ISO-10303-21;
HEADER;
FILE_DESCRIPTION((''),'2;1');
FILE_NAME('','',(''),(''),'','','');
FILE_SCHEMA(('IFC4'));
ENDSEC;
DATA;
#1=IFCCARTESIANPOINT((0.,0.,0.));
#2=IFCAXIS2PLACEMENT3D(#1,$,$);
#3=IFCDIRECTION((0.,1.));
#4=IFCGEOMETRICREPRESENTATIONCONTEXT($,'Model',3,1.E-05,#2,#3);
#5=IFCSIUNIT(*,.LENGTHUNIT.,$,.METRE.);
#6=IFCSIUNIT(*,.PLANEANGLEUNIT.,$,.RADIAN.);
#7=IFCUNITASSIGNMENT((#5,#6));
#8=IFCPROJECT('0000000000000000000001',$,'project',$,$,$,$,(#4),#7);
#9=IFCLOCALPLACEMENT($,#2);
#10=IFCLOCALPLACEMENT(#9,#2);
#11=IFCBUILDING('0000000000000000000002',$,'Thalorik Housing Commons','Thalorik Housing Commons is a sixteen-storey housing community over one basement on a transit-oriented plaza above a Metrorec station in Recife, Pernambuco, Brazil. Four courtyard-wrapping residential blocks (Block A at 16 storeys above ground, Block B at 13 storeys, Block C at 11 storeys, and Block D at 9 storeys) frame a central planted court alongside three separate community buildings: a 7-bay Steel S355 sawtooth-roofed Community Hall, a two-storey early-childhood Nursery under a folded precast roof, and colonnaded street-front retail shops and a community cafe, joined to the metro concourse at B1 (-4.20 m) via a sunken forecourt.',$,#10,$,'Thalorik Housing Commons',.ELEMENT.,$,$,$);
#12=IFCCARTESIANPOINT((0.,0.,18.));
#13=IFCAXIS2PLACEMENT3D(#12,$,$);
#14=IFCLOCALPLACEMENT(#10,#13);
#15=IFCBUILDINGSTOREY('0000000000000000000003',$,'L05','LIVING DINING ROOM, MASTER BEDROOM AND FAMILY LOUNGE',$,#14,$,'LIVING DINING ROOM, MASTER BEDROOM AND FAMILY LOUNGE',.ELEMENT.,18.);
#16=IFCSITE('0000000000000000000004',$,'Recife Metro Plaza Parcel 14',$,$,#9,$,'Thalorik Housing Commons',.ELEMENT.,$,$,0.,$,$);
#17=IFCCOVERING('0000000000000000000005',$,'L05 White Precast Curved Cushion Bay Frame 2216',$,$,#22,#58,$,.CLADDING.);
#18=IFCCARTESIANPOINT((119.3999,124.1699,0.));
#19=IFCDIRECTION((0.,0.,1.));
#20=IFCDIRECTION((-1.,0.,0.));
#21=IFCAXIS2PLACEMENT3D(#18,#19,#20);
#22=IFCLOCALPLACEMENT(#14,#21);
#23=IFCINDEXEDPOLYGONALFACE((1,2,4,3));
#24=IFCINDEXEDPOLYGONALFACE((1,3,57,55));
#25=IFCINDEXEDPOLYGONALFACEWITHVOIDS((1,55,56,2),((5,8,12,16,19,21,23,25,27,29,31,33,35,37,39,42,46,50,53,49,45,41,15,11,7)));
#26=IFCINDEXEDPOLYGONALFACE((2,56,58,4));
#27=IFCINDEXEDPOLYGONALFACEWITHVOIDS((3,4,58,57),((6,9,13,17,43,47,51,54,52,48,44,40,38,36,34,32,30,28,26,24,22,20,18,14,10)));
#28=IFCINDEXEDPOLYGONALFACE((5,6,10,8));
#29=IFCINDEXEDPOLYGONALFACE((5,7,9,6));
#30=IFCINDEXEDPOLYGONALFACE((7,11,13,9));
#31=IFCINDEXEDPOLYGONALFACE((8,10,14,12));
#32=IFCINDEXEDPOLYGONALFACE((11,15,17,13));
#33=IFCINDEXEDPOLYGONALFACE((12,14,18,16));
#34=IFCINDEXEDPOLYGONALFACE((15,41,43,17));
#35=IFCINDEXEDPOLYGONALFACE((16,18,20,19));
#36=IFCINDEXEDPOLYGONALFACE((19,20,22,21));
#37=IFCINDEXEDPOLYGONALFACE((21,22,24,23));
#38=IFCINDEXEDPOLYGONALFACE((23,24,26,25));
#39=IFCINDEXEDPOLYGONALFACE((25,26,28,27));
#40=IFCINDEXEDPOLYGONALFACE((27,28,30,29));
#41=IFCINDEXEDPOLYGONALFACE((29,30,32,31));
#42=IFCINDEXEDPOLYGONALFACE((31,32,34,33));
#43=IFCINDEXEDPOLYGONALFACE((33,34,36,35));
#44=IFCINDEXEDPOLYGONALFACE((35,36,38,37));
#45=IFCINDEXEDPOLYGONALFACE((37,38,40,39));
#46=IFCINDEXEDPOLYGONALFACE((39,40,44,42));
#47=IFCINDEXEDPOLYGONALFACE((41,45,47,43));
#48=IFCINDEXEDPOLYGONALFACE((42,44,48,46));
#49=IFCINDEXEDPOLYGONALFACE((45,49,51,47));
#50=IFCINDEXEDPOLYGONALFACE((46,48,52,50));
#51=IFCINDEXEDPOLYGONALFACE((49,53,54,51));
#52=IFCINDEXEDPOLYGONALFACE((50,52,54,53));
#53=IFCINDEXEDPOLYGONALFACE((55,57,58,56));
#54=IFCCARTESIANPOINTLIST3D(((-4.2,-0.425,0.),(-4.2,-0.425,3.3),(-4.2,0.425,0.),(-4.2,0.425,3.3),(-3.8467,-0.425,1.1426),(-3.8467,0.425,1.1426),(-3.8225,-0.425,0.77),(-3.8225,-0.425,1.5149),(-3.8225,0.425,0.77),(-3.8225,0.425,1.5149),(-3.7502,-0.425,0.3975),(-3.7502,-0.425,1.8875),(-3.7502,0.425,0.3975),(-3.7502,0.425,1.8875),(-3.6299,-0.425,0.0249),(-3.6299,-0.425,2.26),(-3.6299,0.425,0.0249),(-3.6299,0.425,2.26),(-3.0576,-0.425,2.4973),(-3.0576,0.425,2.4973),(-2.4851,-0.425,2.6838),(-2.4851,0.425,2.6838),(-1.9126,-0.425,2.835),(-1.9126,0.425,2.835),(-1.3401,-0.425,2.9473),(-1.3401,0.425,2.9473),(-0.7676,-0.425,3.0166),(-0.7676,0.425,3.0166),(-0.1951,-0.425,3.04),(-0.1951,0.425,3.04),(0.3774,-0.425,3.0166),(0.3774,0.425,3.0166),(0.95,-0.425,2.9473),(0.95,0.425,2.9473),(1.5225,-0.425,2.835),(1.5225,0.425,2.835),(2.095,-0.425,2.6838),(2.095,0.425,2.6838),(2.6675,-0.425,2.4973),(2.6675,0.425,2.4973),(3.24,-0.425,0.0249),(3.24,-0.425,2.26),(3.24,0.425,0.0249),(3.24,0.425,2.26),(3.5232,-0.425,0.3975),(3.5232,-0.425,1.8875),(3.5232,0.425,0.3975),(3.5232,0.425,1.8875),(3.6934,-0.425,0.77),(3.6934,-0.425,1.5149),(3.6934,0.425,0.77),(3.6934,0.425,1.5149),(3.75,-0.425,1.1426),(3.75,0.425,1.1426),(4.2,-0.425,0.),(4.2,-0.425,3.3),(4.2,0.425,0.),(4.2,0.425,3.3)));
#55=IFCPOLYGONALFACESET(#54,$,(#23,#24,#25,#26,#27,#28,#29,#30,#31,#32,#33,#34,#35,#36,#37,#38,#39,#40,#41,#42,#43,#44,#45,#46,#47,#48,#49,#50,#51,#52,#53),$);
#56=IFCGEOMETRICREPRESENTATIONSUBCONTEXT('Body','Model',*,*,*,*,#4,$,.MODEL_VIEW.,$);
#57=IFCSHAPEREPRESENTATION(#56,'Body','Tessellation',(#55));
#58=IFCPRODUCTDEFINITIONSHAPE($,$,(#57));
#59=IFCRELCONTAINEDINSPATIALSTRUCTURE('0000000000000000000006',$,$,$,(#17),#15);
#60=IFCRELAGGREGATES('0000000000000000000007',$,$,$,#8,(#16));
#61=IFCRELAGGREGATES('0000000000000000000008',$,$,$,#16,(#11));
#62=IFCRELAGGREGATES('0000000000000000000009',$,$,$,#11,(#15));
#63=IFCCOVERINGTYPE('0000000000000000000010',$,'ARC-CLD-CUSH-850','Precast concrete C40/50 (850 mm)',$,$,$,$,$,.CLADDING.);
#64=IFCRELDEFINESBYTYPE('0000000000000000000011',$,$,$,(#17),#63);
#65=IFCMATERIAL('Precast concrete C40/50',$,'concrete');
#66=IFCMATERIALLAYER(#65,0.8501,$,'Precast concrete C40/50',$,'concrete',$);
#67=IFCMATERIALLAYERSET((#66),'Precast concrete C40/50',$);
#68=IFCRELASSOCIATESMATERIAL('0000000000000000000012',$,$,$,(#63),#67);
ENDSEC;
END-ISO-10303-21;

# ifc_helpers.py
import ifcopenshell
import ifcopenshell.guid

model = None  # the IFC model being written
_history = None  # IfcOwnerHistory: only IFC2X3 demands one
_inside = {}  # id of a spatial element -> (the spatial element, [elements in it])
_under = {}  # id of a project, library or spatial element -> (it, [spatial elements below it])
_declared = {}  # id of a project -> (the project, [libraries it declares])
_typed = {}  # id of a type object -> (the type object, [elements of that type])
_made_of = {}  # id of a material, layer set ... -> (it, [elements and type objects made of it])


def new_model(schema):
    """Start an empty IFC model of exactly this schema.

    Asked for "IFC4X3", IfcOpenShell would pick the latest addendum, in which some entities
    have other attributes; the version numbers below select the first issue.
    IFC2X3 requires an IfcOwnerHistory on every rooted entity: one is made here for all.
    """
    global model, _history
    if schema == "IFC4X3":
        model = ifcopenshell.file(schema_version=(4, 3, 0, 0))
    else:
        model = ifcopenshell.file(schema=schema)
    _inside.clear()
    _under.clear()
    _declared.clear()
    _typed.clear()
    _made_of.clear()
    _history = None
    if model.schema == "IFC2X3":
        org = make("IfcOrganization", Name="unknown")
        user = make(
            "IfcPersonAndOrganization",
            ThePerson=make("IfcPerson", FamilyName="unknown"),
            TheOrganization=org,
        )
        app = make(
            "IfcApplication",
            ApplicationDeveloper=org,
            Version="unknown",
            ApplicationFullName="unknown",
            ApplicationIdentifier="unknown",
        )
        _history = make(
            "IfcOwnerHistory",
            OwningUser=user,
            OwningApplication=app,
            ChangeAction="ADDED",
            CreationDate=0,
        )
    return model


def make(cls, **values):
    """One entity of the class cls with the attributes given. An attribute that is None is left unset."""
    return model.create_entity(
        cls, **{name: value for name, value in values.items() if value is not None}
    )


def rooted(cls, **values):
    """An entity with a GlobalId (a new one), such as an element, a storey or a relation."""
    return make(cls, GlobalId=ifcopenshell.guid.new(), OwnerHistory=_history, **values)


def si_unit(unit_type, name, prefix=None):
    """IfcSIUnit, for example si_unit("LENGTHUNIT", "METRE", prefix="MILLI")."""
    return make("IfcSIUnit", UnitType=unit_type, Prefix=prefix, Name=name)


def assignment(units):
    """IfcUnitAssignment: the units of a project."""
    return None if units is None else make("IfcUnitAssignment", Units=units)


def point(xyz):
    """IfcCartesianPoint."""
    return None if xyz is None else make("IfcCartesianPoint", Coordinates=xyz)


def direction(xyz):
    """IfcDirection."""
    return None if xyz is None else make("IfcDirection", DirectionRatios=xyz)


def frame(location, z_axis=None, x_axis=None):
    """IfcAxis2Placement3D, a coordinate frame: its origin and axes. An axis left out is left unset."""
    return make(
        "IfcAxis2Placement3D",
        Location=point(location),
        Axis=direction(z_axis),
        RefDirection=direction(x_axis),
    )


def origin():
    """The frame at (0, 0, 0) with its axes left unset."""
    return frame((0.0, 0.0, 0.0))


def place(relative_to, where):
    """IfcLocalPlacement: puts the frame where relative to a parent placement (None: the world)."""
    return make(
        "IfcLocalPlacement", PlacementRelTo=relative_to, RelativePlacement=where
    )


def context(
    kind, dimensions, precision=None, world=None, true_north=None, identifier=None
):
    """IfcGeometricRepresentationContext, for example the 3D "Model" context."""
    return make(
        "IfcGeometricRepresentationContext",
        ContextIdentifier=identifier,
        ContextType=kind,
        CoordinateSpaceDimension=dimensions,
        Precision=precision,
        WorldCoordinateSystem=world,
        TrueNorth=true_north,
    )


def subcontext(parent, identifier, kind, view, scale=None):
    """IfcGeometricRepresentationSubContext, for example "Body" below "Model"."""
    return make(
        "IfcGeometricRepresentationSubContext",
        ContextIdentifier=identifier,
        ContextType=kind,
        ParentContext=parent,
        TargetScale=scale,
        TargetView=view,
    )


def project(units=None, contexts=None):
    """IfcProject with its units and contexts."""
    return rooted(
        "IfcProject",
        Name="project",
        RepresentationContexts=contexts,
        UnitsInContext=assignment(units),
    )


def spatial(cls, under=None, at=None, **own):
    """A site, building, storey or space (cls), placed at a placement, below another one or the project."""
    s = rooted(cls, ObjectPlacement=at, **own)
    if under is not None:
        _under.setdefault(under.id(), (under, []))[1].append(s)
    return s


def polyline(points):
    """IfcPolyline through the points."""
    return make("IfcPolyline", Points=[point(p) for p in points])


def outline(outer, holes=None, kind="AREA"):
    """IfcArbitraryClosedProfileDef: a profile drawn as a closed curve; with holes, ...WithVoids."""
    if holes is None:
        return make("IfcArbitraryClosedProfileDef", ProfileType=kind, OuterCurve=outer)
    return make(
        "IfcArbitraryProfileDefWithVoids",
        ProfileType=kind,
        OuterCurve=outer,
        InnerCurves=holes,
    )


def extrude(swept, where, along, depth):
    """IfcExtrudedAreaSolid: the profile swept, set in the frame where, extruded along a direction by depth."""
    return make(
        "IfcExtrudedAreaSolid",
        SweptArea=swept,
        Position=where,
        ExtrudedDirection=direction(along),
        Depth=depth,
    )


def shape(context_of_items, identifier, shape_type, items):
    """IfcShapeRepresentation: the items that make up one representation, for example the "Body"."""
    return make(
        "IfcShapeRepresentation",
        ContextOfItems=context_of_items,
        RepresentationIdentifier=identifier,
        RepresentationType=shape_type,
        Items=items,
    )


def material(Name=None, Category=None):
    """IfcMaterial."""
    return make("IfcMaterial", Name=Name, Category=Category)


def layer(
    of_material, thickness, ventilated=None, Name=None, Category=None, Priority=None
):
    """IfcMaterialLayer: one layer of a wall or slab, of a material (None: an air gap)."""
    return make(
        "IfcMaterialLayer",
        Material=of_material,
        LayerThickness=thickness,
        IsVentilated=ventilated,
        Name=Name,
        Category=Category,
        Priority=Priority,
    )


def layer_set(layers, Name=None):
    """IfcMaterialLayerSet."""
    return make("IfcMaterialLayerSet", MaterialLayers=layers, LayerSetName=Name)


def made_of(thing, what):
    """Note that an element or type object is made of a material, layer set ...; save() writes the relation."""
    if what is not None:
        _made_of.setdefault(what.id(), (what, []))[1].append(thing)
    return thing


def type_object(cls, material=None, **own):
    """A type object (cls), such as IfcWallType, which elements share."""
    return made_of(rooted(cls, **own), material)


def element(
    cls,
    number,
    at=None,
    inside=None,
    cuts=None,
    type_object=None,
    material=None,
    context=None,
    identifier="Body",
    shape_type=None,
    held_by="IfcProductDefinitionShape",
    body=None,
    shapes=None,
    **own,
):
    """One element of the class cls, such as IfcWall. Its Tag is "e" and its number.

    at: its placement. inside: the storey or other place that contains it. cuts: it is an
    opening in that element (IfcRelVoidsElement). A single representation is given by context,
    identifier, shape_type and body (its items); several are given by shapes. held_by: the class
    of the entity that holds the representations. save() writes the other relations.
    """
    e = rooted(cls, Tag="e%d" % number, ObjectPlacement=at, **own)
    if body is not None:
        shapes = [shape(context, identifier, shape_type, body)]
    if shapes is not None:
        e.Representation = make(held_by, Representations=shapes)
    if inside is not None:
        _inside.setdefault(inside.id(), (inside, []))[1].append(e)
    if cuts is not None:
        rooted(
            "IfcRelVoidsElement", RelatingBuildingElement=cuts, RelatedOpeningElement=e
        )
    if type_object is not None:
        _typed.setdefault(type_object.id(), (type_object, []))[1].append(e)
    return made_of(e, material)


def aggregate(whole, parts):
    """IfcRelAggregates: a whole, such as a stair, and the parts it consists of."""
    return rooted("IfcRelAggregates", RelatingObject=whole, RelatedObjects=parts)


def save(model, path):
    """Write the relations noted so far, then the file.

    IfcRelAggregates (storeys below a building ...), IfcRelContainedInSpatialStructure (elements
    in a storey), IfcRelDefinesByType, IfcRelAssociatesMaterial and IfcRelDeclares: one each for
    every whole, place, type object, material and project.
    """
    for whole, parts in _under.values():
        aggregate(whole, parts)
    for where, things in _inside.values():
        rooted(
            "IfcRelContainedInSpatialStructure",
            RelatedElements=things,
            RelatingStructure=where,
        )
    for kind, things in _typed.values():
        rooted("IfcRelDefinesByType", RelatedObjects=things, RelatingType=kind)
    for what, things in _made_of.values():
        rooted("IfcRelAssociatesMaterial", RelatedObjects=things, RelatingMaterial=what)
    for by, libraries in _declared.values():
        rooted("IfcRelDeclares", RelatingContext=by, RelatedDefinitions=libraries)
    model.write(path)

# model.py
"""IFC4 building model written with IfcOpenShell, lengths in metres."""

from ifc_helpers import new_model, si_unit, direction, frame, origin, place, context, subcontext, project, spatial, polyline, outline, extrude, material, layer, layer_set, type_object, element, save


model = new_model("IFC4")

# Units and contexts
model_context = context("Model", 3, precision=1e-05, world=origin(), true_north=direction((0.0, 1.0)))
body_context = subcontext(model_context, "Body", "Model", "MODEL_VIEW")
ifc_project = project(units=[si_unit("LENGTHUNIT", "METRE"), si_unit("PLANEANGLEUNIT", "RADIAN")], contexts=[model_context])

# Site, building, storey
site_placement = place(None, origin())
site = spatial("IfcSite", under=ifc_project, at=site_placement, Name="Recife Metro Plaza Parcel 14", LongName="Thalorik Housing Commons", CompositionType="ELEMENT", RefElevation=0.0)
building_placement = place(site_placement, origin())
building = spatial("IfcBuilding", under=site, at=building_placement, Name="Thalorik Housing Commons", Description="Thalorik Housing Commons is a sixteen-storey housing community over one basement on a transit-oriented plaza above a Metrorec station in Recife, Pernambuco, Brazil. Four courtyard-wrapping residential blocks (Block A at 16 storeys above ground, Block B at 13 storeys, Block C at 11 storeys, and Block D at 9 storeys) frame a central planted court alongside three separate community buildings: a 7-bay Steel S355 sawtooth-roofed Community Hall, a two-storey early-childhood Nursery under a folded precast roof, and colonnaded street-front retail shops and a community cafe, joined to the metro concourse at B1 (-4.20 m) via a sunken forecourt.", LongName="Thalorik Housing Commons", CompositionType="ELEMENT")
storey_placement = place(building_placement, frame((0.0, 0.0, 18.0)))
storey = spatial("IfcBuildingStorey", under=building, at=storey_placement, Name="L05", Description="LIVING DINING ROOM, MASTER BEDROOM AND FAMILY LOUNGE", LongName="LIVING DINING ROOM, MASTER BEDROOM AND FAMILY LOUNGE", CompositionType="ELEMENT", Elevation=18.0)

# Shared definitions
ifc_material_1 = material(Name="Precast concrete C40/50", Category="concrete")

# Covering
ifc_layer_1 = layer(ifc_material_1, 0.8501, Name="Precast concrete C40/50", Category="concrete")
ifc_layer_set_1 = layer_set([ifc_layer_1], Name="Precast concrete C40/50")
covering_type_1 = type_object("IfcCoveringType", Name="ARC-CLD-CUSH-850", Description="Precast concrete C40/50 (850 mm)", PredefinedType="CLADDING", material=ifc_layer_set_1)
covering_1_placement = place(storey_placement, frame((119.3999, 124.1699, 0.0), z_axis=(0.0, 0.0, 1.0), x_axis=(-1.0, 0.0, 0.0)))
element("IfcCovering", 1, at=covering_1_placement, inside=storey, type_object=covering_type_1, Name="L05 White Precast Curved Cushion Bay Frame 2216", PredefinedType="CLADDING", context=body_context, shape_type="SweptSolid", body=[
    extrude(outline(polyline([(-4.2, 0.0), (4.2, 0.0), (4.2, 3.3), (-4.2, 3.3), (-4.2, 0.0)]), holes=[polyline([(3.24, 0.0249), (3.5232, 0.3975), (3.6934, 0.77), (3.75, 1.1426), (3.6934, 1.5149), (3.5232, 1.8875), (3.24, 2.26), (2.6675, 2.4973), (2.095, 2.6838), (1.5225, 2.835), (0.95, 2.9473), (0.3774, 3.0166), (-0.1951, 3.04), (-0.7676, 3.0166), (-1.3401, 2.9473), (-1.9126, 2.835), (-2.4851, 2.6838), (-3.0576, 2.4973), (-3.6299, 2.26), (-3.7502, 1.8875), (-3.8225, 1.5149), (-3.8467, 1.1426), (-3.8225, 0.77), (-3.7502, 0.3975), (-3.6299, 0.0249), (3.24, 0.0249)])]), frame((0.0, 0.425, 0.0), z_axis=(0.0, -1.0, 0.0), x_axis=(1.0, 0.0, 0.0)), (0.0, 0.0, 1.0), 0.8501),
])

save(model, "model.ifc")
